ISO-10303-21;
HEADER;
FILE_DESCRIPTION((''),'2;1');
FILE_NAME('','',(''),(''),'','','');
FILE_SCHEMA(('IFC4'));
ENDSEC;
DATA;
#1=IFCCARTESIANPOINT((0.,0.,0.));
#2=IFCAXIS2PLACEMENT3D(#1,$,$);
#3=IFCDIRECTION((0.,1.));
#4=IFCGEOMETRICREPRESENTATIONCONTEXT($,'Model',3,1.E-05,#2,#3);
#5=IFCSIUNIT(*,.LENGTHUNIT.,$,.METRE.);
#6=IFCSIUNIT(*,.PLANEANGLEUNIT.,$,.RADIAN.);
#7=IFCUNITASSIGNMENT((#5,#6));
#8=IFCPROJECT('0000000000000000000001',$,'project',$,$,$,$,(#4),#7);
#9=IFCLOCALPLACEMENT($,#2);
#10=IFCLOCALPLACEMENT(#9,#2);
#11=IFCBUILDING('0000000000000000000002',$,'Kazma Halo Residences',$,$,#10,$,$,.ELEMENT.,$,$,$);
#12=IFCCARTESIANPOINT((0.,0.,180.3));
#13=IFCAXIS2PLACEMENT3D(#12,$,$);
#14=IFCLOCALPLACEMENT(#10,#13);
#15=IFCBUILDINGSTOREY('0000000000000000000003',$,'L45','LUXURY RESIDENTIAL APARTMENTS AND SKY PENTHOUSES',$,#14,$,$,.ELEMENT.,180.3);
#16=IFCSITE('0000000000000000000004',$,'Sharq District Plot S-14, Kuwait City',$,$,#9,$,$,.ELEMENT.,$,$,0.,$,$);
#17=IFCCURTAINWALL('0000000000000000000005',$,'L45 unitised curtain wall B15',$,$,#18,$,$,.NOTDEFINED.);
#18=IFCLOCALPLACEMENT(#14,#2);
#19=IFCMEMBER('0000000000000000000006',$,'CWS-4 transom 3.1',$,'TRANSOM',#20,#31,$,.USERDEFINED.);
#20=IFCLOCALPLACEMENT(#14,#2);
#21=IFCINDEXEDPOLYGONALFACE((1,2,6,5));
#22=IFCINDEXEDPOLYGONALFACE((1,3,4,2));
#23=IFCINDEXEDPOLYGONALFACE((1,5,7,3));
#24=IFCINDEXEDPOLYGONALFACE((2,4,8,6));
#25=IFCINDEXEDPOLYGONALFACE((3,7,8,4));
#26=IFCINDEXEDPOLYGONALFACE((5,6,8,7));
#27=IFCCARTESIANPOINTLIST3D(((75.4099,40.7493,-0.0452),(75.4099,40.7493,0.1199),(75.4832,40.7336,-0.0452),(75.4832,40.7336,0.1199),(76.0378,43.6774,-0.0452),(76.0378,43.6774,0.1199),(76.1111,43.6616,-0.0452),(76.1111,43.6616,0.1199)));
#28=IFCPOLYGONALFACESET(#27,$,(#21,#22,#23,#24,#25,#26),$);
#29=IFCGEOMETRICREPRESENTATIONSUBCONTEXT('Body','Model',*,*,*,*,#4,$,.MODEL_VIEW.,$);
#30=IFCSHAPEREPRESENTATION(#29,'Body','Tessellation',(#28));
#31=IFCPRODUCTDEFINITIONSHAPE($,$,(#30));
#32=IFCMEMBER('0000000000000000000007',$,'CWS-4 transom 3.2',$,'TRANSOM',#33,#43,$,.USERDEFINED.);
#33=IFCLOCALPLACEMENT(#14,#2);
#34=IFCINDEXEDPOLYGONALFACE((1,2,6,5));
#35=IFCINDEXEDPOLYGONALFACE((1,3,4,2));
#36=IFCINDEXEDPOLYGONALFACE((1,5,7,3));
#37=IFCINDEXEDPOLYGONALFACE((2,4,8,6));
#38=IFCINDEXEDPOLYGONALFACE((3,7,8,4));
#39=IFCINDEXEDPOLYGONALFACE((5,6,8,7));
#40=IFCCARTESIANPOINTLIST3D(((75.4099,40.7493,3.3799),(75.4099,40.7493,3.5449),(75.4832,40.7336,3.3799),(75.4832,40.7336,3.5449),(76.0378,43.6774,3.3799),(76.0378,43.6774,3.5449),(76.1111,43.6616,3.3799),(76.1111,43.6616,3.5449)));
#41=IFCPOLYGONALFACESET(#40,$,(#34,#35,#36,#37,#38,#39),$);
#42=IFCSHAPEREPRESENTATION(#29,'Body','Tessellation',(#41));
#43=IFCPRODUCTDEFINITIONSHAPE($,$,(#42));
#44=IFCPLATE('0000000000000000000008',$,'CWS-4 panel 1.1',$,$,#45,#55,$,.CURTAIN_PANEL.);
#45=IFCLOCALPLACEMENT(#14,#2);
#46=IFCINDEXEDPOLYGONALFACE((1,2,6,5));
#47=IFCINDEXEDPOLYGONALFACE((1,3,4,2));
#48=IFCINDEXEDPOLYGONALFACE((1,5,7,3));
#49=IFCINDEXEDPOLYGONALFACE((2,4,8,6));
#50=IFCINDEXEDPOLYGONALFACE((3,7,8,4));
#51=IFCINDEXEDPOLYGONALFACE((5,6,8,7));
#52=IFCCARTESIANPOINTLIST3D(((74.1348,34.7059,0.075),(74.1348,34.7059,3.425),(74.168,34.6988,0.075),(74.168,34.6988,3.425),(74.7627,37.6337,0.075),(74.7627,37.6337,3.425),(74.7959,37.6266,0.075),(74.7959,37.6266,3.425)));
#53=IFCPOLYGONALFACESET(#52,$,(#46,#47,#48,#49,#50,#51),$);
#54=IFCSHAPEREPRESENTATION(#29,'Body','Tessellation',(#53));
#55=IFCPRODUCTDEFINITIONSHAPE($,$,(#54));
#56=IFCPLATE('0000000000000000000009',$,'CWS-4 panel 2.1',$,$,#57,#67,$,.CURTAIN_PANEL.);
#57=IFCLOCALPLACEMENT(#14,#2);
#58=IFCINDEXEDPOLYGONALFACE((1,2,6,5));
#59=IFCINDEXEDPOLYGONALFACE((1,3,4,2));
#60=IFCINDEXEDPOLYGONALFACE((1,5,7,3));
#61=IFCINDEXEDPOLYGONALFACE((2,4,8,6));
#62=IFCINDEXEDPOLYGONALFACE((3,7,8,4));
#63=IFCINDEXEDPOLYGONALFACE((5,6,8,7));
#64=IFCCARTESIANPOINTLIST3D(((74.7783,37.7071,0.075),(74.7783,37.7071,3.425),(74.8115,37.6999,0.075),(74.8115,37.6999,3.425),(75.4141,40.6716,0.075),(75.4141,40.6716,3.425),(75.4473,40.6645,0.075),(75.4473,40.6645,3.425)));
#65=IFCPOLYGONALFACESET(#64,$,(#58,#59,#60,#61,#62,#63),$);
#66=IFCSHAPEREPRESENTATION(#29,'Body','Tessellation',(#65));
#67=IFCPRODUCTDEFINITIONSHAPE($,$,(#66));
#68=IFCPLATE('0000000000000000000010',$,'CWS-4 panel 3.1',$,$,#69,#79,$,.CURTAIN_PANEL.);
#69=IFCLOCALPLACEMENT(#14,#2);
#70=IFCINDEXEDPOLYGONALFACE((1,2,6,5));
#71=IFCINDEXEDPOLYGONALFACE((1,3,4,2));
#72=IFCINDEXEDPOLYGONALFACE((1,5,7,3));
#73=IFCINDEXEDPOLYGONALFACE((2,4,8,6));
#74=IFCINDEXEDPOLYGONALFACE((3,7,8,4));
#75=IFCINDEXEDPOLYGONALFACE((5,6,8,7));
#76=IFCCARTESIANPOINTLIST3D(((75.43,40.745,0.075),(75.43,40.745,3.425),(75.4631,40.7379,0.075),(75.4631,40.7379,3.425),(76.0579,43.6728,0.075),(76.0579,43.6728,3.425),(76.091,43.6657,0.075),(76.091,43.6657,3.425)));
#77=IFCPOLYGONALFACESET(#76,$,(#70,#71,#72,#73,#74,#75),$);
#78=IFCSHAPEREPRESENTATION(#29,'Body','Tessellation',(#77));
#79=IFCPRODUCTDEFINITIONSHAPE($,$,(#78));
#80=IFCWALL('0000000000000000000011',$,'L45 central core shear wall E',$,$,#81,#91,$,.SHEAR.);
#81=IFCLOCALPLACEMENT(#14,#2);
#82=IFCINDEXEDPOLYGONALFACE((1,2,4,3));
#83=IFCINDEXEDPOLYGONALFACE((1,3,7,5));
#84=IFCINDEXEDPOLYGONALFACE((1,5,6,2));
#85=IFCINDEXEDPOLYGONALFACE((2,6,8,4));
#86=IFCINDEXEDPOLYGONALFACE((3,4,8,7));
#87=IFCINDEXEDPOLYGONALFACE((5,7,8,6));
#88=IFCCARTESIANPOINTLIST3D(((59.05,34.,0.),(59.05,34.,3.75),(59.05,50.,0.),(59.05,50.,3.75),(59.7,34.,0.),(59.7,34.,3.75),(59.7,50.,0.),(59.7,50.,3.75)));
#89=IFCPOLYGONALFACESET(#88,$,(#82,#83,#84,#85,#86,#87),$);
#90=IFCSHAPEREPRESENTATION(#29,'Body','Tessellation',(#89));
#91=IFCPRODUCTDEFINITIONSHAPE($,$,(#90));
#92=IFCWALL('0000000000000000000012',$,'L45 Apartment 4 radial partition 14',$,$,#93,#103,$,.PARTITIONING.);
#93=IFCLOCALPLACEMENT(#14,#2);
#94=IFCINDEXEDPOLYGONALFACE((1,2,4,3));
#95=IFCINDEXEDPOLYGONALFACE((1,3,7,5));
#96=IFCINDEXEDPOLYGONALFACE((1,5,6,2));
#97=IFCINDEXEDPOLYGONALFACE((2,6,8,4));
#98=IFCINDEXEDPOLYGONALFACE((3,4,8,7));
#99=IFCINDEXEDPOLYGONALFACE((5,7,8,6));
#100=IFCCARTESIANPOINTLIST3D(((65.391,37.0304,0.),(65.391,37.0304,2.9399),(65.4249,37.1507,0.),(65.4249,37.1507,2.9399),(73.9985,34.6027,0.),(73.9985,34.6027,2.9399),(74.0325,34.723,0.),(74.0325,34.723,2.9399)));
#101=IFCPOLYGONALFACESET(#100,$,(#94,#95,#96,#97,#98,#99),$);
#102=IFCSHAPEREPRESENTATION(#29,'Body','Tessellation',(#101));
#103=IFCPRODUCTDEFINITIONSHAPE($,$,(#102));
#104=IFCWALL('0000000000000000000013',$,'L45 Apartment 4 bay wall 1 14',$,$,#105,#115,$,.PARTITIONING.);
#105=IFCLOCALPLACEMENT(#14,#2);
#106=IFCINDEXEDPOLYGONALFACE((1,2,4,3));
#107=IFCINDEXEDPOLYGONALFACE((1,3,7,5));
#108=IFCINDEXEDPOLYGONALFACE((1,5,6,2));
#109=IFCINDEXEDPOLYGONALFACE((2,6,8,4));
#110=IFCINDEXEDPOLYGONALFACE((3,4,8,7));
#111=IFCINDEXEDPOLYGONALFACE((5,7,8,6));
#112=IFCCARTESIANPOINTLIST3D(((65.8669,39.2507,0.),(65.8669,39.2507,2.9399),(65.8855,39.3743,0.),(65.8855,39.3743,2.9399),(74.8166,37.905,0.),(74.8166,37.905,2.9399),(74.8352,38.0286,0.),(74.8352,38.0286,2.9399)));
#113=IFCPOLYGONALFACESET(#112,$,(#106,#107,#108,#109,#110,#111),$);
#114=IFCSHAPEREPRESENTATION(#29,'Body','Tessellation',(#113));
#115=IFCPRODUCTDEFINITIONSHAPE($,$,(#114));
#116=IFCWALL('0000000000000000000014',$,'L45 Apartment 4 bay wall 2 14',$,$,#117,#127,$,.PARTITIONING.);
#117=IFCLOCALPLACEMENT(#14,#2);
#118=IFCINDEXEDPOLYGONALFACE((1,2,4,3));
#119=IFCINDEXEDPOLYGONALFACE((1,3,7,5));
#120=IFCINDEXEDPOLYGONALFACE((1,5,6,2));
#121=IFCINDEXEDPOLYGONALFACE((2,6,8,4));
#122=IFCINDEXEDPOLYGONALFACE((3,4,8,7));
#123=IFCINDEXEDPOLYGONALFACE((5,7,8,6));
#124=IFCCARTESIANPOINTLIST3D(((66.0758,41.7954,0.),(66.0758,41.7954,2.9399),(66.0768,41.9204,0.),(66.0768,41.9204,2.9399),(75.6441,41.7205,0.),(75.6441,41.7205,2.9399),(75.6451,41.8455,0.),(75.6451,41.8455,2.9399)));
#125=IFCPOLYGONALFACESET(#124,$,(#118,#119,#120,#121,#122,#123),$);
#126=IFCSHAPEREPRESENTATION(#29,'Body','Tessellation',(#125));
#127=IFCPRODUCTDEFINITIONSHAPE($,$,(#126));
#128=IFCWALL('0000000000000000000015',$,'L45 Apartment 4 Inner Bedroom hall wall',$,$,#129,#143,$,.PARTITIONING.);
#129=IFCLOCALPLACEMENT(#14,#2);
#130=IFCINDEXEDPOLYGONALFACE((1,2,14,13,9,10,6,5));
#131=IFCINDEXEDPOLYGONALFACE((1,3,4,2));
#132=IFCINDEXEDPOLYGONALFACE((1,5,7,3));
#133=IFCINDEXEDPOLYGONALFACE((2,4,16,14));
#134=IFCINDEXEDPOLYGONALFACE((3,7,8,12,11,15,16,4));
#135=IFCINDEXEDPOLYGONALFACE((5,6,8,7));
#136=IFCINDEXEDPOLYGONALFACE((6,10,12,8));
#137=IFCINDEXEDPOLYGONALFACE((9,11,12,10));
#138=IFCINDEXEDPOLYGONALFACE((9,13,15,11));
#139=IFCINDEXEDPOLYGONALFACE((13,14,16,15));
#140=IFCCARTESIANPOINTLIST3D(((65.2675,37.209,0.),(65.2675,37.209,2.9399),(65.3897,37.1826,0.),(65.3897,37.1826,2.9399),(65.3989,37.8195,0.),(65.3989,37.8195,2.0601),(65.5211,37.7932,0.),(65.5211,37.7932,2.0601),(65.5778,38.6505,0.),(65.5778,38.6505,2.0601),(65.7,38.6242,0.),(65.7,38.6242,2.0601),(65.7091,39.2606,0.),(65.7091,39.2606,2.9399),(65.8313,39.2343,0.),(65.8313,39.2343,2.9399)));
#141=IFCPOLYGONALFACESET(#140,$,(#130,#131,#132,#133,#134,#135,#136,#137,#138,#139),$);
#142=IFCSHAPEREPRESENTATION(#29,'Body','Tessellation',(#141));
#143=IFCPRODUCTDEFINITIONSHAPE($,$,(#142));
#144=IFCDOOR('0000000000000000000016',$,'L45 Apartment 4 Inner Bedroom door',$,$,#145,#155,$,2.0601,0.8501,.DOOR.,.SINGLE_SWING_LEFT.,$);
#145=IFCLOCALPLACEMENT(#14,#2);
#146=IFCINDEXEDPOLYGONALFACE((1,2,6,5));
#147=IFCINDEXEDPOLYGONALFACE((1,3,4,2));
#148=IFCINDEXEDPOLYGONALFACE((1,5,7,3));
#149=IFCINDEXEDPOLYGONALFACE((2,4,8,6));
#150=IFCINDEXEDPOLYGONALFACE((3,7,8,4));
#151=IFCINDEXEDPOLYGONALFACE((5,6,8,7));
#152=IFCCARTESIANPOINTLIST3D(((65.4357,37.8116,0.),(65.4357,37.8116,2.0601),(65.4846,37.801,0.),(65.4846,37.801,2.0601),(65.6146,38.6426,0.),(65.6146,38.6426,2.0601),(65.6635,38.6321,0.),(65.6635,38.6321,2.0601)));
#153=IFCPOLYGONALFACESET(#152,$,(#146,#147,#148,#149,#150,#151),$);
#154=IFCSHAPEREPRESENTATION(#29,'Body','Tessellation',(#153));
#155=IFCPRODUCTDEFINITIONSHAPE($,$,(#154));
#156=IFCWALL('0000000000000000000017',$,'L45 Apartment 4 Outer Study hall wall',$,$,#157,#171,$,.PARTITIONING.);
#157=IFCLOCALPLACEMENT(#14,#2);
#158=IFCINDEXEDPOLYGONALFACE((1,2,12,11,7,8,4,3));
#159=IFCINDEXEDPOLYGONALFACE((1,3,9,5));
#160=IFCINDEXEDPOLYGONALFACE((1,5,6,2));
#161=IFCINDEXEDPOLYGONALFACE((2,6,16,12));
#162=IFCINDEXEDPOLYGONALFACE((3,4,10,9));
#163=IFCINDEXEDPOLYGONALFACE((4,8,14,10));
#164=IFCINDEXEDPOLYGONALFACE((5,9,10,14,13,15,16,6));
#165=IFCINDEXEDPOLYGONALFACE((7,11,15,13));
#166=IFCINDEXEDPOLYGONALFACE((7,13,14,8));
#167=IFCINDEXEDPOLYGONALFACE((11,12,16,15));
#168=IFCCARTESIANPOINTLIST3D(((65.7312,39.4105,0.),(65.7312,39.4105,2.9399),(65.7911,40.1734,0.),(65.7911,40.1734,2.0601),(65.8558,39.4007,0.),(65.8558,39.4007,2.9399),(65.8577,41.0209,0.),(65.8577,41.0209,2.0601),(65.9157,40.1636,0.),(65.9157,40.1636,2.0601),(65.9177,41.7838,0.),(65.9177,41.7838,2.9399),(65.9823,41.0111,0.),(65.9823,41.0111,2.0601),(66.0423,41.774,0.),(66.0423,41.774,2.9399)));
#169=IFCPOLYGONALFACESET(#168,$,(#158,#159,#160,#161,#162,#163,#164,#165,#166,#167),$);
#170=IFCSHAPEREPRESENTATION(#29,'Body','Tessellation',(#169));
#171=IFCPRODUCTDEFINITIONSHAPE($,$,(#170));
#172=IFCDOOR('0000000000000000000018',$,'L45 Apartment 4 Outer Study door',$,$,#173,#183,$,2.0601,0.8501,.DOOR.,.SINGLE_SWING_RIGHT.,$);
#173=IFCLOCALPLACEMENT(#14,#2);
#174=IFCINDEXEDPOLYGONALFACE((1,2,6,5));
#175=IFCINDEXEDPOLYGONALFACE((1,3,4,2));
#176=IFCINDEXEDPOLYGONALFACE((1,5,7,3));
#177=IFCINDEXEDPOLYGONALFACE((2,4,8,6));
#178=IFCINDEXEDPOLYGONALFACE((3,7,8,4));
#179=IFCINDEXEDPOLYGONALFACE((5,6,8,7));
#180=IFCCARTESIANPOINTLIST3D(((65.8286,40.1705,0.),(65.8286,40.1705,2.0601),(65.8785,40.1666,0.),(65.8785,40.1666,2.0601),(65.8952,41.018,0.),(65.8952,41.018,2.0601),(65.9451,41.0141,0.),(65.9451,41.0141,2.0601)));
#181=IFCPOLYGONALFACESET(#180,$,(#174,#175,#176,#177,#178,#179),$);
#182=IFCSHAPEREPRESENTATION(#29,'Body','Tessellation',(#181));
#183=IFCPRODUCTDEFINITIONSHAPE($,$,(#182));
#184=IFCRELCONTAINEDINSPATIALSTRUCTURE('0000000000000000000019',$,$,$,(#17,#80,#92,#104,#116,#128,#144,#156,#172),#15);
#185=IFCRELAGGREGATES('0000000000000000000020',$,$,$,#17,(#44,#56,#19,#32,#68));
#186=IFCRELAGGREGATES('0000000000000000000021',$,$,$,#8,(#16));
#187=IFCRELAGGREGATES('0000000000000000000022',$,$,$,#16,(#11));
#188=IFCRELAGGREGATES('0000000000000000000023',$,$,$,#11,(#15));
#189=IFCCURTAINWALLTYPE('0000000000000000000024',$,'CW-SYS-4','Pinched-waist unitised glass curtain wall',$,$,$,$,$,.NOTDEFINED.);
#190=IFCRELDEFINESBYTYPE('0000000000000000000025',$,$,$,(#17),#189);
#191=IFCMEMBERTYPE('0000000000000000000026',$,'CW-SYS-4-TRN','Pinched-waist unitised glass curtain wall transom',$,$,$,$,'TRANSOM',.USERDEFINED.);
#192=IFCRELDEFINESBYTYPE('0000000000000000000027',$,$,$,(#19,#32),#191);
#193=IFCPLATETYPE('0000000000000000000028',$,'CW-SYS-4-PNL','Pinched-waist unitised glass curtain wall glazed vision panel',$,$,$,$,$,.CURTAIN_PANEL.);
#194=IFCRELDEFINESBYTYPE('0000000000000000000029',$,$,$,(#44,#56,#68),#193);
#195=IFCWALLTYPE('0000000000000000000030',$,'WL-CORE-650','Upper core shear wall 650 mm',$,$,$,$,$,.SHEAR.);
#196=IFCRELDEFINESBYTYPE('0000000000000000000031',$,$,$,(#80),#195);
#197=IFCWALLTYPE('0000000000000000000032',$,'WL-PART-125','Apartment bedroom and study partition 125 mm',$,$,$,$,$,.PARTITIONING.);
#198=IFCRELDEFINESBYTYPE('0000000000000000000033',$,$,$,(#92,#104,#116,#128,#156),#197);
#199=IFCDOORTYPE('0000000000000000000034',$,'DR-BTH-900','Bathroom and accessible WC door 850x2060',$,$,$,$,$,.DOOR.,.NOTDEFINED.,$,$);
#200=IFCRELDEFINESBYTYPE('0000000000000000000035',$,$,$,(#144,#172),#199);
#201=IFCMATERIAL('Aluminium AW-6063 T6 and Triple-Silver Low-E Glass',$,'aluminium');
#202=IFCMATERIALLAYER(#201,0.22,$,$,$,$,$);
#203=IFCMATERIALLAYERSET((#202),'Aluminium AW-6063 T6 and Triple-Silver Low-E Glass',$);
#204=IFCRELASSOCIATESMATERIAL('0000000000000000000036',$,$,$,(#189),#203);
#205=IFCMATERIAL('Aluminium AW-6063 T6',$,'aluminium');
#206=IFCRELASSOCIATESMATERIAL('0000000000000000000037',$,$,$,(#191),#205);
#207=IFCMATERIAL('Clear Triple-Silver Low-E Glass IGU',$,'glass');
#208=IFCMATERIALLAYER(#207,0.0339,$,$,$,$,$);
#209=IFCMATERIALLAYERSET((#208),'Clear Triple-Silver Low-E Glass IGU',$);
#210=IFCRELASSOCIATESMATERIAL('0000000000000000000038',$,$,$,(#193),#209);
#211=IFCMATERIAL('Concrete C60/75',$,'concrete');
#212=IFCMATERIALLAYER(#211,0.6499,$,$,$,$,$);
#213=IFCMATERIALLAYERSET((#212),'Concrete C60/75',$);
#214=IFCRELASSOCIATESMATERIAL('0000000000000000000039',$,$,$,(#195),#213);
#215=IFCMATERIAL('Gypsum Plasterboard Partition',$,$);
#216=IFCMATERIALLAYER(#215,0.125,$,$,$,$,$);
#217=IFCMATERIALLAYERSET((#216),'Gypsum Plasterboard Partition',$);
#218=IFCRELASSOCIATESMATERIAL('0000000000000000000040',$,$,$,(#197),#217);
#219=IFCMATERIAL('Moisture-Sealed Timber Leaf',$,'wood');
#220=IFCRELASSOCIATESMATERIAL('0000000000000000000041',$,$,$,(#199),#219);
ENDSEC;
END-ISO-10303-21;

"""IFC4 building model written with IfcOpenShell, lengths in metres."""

from ifc_helpers import new_model, si_unit, direction, frame, frame_2d, origin, origin_2d, place, context, subcontext, project, spatial, rectangle, extrude, material, layer, layer_set, material_profile, profile_set, type_object, element, fill, aggregate, save


model = new_model("IFC4")

# Units and contexts
model_context = context("Model", 3, precision=1e-05, world=origin(), true_north=direction((0.0, 1.0)))
body_context = subcontext(model_context, "Body", "Model", "MODEL_VIEW")
ifc_project = project(units=[si_unit("LENGTHUNIT", "METRE"), si_unit("PLANEANGLEUNIT", "RADIAN")], contexts=[model_context])

# Site, building, storey
site_placement = place(None, origin())
site = spatial("IfcSite", under=ifc_project, at=site_placement, Name="Sharq District Plot S-14, Kuwait City", CompositionType="ELEMENT", RefElevation=0.0)
building_placement = place(site_placement, origin())
building = spatial("IfcBuilding", under=site, at=building_placement, Name="Kazma Halo Residences", CompositionType="ELEMENT")
storey_placement = place(building_placement, frame((0.0, 0.0, 180.3)))
storey = spatial("IfcBuildingStorey", under=building, at=storey_placement, Name="L45", Description="LUXURY RESIDENTIAL APARTMENTS AND SKY PENTHOUSES", CompositionType="ELEMENT", Elevation=180.3)

# Curtain wall, members, plates
ifc_material_1 = material(Name="Aluminium AW-6063 T6 and Triple-Silver Low-E Glass", Category="aluminium")
ifc_layer_1 = layer(ifc_material_1, 0.22)
ifc_layer_set_1 = layer_set([ifc_layer_1], Name="Aluminium AW-6063 T6 and Triple-Silver Low-E Glass")
curtain_wall_type = type_object("IfcCurtainWallType", Name="CW-SYS-4", Description="Pinched-waist unitised glass curtain wall", PredefinedType="NOTDEFINED", material=ifc_layer_set_1)
curtain_wall_placement = place(storey_placement, origin())
curtain_wall = element("IfcCurtainWall", 1, at=curtain_wall_placement, inside=storey, type_object=curtain_wall_type, Name="L45 unitised curtain wall B15", PredefinedType="NOTDEFINED")
ifc_material_2 = material(Name="Aluminium AW-6063 T6", Category="aluminium")
ifc_material_profile_1 = material_profile(ifc_material_2, rectangle(XDim=0.075, YDim=0.165, at=origin_2d()), Name="CWT-75x165")
ifc_profile_set_1 = profile_set([ifc_material_profile_1], Name="Aluminium AW-6063 T6")
member_type_1 = type_object("IfcMemberType", Name="CW-SYS-4-TRN", Description="Pinched-waist unitised glass curtain wall transom", ElementType="TRANSOM", PredefinedType="USERDEFINED", material=ifc_profile_set_1)
member_1_placement = place(storey_placement, frame((75.4465, 40.7415, 0.0374), z_axis=(0.209691, 0.977768, 0.0), x_axis=(-0.977768, 0.209691, 0.0)))
member_1 = element("IfcMember", 2, at=member_1_placement, type_object=member_type_1, Name="CWS-4 transom 3.1", ObjectType="TRANSOM", PredefinedType="USERDEFINED", context=body_context, shape_type="SweptSolid", body=[
    extrude(rectangle(XDim=0.075, YDim=0.165, at=origin_2d()), origin(), (0.0, 0.0, 1.0), 2.9946),
])
member_2_placement = place(storey_placement, frame((75.4465, 40.7415, 3.4624), z_axis=(0.209691, 0.977768, 0.0), x_axis=(-0.977768, 0.209691, 0.0)))
member_2 = element("IfcMember", 3, at=member_2_placement, type_object=member_type_1, Name="CWS-4 transom 3.2", ObjectType="TRANSOM", PredefinedType="USERDEFINED", context=body_context, shape_type="SweptSolid", body=[
    extrude(rectangle(XDim=0.075, YDim=0.165, at=origin_2d()), origin(), (0.0, 0.0, 1.0), 2.9946),
])
ifc_material_3 = material(Name="Clear Triple-Silver Low-E Glass IGU", Category="glass")
ifc_layer_2 = layer(ifc_material_3, 0.0339)
ifc_layer_set_2 = layer_set([ifc_layer_2], Name="Clear Triple-Silver Low-E Glass IGU")
plate_type = type_object("IfcPlateType", Name="CW-SYS-4-PNL", Description="Pinched-waist unitised glass curtain wall glazed vision panel", PredefinedType="CURTAIN_PANEL", material=ifc_layer_set_2)
plate_1_placement = place(storey_placement, frame((74.4653, 36.1663, 0.075), z_axis=(0.0, 0.0, 1.0), x_axis=(0.20969, 0.977768, 0.0)))
plate_1 = element("IfcPlate", 4, at=plate_1_placement, type_object=plate_type, Name="CWS-4 panel 1.1", PredefinedType="CURTAIN_PANEL", context=body_context, shape_type="SweptSolid", body=[
    extrude(rectangle(XDim=2.9944, YDim=0.0339, at=origin_2d()), origin(), (0.0, 0.0, 1.0), 3.3501),
])
plate_2_placement = place(storey_placement, frame((75.1128, 39.1858, 0.075), z_axis=(0.0, 0.0, 1.0), x_axis=(0.20969, 0.977768, 0.0)))
plate_2 = element("IfcPlate", 5, at=plate_2_placement, type_object=plate_type, Name="CWS-4 panel 2.1", PredefinedType="CURTAIN_PANEL", context=body_context, shape_type="SweptSolid", body=[
    extrude(rectangle(XDim=3.032, YDim=0.0339, at=origin_2d()), origin(), (0.0, 0.0, 1.0), 3.3501),
])
plate_3_placement = place(storey_placement, frame((75.7605, 42.2053, 0.075), z_axis=(0.0, 0.0, 1.0), x_axis=(0.20969, 0.977768, 0.0)))
plate_3 = element("IfcPlate", 6, at=plate_3_placement, type_object=plate_type, Name="CWS-4 panel 3.1", PredefinedType="CURTAIN_PANEL", context=body_context, shape_type="SweptSolid", body=[
    extrude(rectangle(XDim=2.9944, YDim=0.0339, at=origin_2d()), origin(), (0.0, 0.0, 1.0), 3.3501),
])
aggregate(curtain_wall, [plate_1, plate_2, member_1, member_2, plate_3])

# Walls
ifc_material_4 = material(Name="Concrete C60/75", Category="concrete")
ifc_layer_3 = layer(ifc_material_4, 0.6499)
ifc_layer_set_3 = layer_set([ifc_layer_3], Name="Concrete C60/75")
wall_type_1 = type_object("IfcWallType", Name="WL-CORE-650", Description="Upper core shear wall 650 mm", PredefinedType="SHEAR", material=ifc_layer_set_3)
wall_1_placement = place(storey_placement, frame((59.375, 34.0, 0.0), z_axis=(0.0, 0.0, 1.0), x_axis=(0.0, 1.0, 0.0)))
element("IfcWall", 7, at=wall_1_placement, inside=storey, type_object=wall_type_1, Name="L45 central core shear wall E", PredefinedType="SHEAR", context=body_context, shape_type="SweptSolid", body=[
    extrude(rectangle(XDim=16.0, YDim=0.6499, at=frame_2d((8.0, 0.0))), origin(), (0.0, 0.0, 1.0), 3.75),
])
ifc_material_5 = material(Name="Gypsum Plasterboard Partition")
ifc_layer_4 = layer(ifc_material_5, 0.125)
ifc_layer_set_4 = layer_set([ifc_layer_4], Name="Gypsum Plasterboard Partition")
wall_type_2 = type_object("IfcWallType", Name="WL-PART-125", Description="Apartment bedroom and study partition 125 mm", PredefinedType="PARTITIONING", material=ifc_layer_set_4)
wall_2_placement = place(storey_placement, frame((65.408, 37.0906, 0.0), z_axis=(0.0, 0.0, 1.0), x_axis=(0.96245, -0.27146, 0.0)))
element("IfcWall", 8, at=wall_2_placement, inside=storey, type_object=wall_type_2, Name="L45 Apartment 4 radial partition 14", PredefinedType="PARTITIONING", context=body_context, shape_type="SweptSolid", body=[
    extrude(rectangle(XDim=8.9434, YDim=0.125, at=frame_2d((4.4717, 0.0))), origin(), (0.0, 0.0, 1.0), 2.9399),
])
wall_3_placement = place(storey_placement, frame((65.8762, 39.3125, 0.0), z_axis=(0.0, 0.0, 1.0), x_axis=(0.988884, -0.148691, 0.0)))
element("IfcWall", 9, at=wall_3_placement, inside=storey, type_object=wall_type_2, Name="L45 Apartment 4 bay wall 1 14", PredefinedType="PARTITIONING", context=body_context, shape_type="SweptSolid", body=[
    extrude(rectangle(XDim=9.0503, YDim=0.125, at=frame_2d((4.5251, 0.0))), origin(), (0.0, 0.0, 1.0), 2.9399),
])
wall_4_placement = place(storey_placement, frame((66.0764, 41.8579, 0.0), z_axis=(0.0, 0.0, 1.0), x_axis=(0.999969, -0.007833, 0.0)))
element("IfcWall", 10, at=wall_4_placement, inside=storey, type_object=wall_type_2, Name="L45 Apartment 4 bay wall 2 14", PredefinedType="PARTITIONING", context=body_context, shape_type="SweptSolid", body=[
    extrude(rectangle(XDim=9.5686, YDim=0.125, at=frame_2d((4.7842, 0.0))), origin(), (0.0, 0.0, 1.0), 2.9399),
])

# Walls, openings, doors
wall_5_placement = place(storey_placement, frame((65.3286, 37.1958, 0.0), z_axis=(0.0, 0.0, 1.0), x_axis=(0.210435, 0.977608, 0.0)))
wall_5 = element("IfcWall", 11, at=wall_5_placement, inside=storey, type_object=wall_type_2, Name="L45 Apartment 4 Inner Bedroom hall wall", PredefinedType="PARTITIONING", context=body_context, shape_type="SweptSolid", body=[
    extrude(rectangle(XDim=2.0986, YDim=0.125, at=frame_2d((1.0493, 0.0))), origin(), (0.0, 0.0, 1.0), 2.9399),
])
opening_1_placement = place(wall_5_placement, frame((0.6245, 0.0, 0.0)))
opening_1 = element("IfcOpeningElement", 12, at=opening_1_placement, cuts=wall_5, PredefinedType="OPENING", context=body_context, shape_type="SweptSolid", body=[
    extrude(rectangle(XDim=0.8501, YDim=2.0601, at=frame_2d((0.425, 1.03))), frame((0.0, 0.0725, 0.0), z_axis=(0.0, -1.0, 0.0), x_axis=(1.0, 0.0, 0.0)), (0.0, 0.0, 1.0), 0.145),
])
ifc_material_6 = material(Name="Moisture-Sealed Timber Leaf", Category="wood")
door_type = type_object("IfcDoorType", Name="DR-BTH-900", Description="Bathroom and accessible WC door 850x2060", OperationType="NOTDEFINED", PredefinedType="DOOR", material=ifc_material_6)
door_1_placement = place(opening_1_placement, origin())
door_1 = element("IfcDoor", 13, at=door_1_placement, inside=storey, type_object=door_type, Name="L45 Apartment 4 Inner Bedroom door", OperationType="SINGLE_SWING_LEFT", OverallHeight=2.0601, OverallWidth=0.8501, PredefinedType="DOOR", context=body_context, shape_type="SweptSolid", body=[
    extrude(rectangle(XDim=0.8501, YDim=2.0601, at=frame_2d((0.425, 1.03))), frame((0.0, 0.0249, 0.0), z_axis=(0.0, -1.0, 0.0), x_axis=(1.0, 0.0, 0.0)), (0.0, 0.0, 1.0), 0.05),
])
fill(opening_1, door_1)
wall_6_placement = place(storey_placement, frame((65.7935, 39.4055, 0.0), z_axis=(0.0, 0.0, 1.0), x_axis=(0.078351, 0.996926, 0.0)))
wall_6 = element("IfcWall", 14, at=wall_6_placement, inside=storey, type_object=wall_type_2, Name="L45 Apartment 4 Outer Study hall wall", PredefinedType="PARTITIONING", context=body_context, shape_type="SweptSolid", body=[
    extrude(rectangle(XDim=2.3806, YDim=0.125, at=frame_2d((1.1904, 0.0))), origin(), (0.0, 0.0, 1.0), 2.9399),
])
opening_2_placement = place(wall_6_placement, frame((0.7654, 0.0, 0.0)))
opening_2 = element("IfcOpeningElement", 15, at=opening_2_placement, cuts=wall_6, PredefinedType="OPENING", context=body_context, shape_type="SweptSolid", body=[
    extrude(rectangle(XDim=0.8501, YDim=2.0601, at=frame_2d((0.425, 1.03))), frame((0.0, 0.0725, 0.0), z_axis=(0.0, -1.0, 0.0), x_axis=(1.0, 0.0, 0.0)), (0.0, 0.0, 1.0), 0.145),
])
door_2_placement = place(opening_2_placement, origin())
door_2 = element("IfcDoor", 16, at=door_2_placement, inside=storey, type_object=door_type, Name="L45 Apartment 4 Outer Study door", OperationType="SINGLE_SWING_RIGHT", OverallHeight=2.0601, OverallWidth=0.8501, PredefinedType="DOOR", context=body_context, shape_type="SweptSolid", body=[
    extrude(rectangle(XDim=0.8501, YDim=2.0601, at=frame_2d((0.425, 1.03))), frame((0.0, 0.0249, 0.0), z_axis=(0.0, -1.0, 0.0), x_axis=(1.0, 0.0, 0.0)), (0.0, 0.0, 1.0), 0.05),
])
fill(opening_2, door_2)

save(model, "model.ifc")
